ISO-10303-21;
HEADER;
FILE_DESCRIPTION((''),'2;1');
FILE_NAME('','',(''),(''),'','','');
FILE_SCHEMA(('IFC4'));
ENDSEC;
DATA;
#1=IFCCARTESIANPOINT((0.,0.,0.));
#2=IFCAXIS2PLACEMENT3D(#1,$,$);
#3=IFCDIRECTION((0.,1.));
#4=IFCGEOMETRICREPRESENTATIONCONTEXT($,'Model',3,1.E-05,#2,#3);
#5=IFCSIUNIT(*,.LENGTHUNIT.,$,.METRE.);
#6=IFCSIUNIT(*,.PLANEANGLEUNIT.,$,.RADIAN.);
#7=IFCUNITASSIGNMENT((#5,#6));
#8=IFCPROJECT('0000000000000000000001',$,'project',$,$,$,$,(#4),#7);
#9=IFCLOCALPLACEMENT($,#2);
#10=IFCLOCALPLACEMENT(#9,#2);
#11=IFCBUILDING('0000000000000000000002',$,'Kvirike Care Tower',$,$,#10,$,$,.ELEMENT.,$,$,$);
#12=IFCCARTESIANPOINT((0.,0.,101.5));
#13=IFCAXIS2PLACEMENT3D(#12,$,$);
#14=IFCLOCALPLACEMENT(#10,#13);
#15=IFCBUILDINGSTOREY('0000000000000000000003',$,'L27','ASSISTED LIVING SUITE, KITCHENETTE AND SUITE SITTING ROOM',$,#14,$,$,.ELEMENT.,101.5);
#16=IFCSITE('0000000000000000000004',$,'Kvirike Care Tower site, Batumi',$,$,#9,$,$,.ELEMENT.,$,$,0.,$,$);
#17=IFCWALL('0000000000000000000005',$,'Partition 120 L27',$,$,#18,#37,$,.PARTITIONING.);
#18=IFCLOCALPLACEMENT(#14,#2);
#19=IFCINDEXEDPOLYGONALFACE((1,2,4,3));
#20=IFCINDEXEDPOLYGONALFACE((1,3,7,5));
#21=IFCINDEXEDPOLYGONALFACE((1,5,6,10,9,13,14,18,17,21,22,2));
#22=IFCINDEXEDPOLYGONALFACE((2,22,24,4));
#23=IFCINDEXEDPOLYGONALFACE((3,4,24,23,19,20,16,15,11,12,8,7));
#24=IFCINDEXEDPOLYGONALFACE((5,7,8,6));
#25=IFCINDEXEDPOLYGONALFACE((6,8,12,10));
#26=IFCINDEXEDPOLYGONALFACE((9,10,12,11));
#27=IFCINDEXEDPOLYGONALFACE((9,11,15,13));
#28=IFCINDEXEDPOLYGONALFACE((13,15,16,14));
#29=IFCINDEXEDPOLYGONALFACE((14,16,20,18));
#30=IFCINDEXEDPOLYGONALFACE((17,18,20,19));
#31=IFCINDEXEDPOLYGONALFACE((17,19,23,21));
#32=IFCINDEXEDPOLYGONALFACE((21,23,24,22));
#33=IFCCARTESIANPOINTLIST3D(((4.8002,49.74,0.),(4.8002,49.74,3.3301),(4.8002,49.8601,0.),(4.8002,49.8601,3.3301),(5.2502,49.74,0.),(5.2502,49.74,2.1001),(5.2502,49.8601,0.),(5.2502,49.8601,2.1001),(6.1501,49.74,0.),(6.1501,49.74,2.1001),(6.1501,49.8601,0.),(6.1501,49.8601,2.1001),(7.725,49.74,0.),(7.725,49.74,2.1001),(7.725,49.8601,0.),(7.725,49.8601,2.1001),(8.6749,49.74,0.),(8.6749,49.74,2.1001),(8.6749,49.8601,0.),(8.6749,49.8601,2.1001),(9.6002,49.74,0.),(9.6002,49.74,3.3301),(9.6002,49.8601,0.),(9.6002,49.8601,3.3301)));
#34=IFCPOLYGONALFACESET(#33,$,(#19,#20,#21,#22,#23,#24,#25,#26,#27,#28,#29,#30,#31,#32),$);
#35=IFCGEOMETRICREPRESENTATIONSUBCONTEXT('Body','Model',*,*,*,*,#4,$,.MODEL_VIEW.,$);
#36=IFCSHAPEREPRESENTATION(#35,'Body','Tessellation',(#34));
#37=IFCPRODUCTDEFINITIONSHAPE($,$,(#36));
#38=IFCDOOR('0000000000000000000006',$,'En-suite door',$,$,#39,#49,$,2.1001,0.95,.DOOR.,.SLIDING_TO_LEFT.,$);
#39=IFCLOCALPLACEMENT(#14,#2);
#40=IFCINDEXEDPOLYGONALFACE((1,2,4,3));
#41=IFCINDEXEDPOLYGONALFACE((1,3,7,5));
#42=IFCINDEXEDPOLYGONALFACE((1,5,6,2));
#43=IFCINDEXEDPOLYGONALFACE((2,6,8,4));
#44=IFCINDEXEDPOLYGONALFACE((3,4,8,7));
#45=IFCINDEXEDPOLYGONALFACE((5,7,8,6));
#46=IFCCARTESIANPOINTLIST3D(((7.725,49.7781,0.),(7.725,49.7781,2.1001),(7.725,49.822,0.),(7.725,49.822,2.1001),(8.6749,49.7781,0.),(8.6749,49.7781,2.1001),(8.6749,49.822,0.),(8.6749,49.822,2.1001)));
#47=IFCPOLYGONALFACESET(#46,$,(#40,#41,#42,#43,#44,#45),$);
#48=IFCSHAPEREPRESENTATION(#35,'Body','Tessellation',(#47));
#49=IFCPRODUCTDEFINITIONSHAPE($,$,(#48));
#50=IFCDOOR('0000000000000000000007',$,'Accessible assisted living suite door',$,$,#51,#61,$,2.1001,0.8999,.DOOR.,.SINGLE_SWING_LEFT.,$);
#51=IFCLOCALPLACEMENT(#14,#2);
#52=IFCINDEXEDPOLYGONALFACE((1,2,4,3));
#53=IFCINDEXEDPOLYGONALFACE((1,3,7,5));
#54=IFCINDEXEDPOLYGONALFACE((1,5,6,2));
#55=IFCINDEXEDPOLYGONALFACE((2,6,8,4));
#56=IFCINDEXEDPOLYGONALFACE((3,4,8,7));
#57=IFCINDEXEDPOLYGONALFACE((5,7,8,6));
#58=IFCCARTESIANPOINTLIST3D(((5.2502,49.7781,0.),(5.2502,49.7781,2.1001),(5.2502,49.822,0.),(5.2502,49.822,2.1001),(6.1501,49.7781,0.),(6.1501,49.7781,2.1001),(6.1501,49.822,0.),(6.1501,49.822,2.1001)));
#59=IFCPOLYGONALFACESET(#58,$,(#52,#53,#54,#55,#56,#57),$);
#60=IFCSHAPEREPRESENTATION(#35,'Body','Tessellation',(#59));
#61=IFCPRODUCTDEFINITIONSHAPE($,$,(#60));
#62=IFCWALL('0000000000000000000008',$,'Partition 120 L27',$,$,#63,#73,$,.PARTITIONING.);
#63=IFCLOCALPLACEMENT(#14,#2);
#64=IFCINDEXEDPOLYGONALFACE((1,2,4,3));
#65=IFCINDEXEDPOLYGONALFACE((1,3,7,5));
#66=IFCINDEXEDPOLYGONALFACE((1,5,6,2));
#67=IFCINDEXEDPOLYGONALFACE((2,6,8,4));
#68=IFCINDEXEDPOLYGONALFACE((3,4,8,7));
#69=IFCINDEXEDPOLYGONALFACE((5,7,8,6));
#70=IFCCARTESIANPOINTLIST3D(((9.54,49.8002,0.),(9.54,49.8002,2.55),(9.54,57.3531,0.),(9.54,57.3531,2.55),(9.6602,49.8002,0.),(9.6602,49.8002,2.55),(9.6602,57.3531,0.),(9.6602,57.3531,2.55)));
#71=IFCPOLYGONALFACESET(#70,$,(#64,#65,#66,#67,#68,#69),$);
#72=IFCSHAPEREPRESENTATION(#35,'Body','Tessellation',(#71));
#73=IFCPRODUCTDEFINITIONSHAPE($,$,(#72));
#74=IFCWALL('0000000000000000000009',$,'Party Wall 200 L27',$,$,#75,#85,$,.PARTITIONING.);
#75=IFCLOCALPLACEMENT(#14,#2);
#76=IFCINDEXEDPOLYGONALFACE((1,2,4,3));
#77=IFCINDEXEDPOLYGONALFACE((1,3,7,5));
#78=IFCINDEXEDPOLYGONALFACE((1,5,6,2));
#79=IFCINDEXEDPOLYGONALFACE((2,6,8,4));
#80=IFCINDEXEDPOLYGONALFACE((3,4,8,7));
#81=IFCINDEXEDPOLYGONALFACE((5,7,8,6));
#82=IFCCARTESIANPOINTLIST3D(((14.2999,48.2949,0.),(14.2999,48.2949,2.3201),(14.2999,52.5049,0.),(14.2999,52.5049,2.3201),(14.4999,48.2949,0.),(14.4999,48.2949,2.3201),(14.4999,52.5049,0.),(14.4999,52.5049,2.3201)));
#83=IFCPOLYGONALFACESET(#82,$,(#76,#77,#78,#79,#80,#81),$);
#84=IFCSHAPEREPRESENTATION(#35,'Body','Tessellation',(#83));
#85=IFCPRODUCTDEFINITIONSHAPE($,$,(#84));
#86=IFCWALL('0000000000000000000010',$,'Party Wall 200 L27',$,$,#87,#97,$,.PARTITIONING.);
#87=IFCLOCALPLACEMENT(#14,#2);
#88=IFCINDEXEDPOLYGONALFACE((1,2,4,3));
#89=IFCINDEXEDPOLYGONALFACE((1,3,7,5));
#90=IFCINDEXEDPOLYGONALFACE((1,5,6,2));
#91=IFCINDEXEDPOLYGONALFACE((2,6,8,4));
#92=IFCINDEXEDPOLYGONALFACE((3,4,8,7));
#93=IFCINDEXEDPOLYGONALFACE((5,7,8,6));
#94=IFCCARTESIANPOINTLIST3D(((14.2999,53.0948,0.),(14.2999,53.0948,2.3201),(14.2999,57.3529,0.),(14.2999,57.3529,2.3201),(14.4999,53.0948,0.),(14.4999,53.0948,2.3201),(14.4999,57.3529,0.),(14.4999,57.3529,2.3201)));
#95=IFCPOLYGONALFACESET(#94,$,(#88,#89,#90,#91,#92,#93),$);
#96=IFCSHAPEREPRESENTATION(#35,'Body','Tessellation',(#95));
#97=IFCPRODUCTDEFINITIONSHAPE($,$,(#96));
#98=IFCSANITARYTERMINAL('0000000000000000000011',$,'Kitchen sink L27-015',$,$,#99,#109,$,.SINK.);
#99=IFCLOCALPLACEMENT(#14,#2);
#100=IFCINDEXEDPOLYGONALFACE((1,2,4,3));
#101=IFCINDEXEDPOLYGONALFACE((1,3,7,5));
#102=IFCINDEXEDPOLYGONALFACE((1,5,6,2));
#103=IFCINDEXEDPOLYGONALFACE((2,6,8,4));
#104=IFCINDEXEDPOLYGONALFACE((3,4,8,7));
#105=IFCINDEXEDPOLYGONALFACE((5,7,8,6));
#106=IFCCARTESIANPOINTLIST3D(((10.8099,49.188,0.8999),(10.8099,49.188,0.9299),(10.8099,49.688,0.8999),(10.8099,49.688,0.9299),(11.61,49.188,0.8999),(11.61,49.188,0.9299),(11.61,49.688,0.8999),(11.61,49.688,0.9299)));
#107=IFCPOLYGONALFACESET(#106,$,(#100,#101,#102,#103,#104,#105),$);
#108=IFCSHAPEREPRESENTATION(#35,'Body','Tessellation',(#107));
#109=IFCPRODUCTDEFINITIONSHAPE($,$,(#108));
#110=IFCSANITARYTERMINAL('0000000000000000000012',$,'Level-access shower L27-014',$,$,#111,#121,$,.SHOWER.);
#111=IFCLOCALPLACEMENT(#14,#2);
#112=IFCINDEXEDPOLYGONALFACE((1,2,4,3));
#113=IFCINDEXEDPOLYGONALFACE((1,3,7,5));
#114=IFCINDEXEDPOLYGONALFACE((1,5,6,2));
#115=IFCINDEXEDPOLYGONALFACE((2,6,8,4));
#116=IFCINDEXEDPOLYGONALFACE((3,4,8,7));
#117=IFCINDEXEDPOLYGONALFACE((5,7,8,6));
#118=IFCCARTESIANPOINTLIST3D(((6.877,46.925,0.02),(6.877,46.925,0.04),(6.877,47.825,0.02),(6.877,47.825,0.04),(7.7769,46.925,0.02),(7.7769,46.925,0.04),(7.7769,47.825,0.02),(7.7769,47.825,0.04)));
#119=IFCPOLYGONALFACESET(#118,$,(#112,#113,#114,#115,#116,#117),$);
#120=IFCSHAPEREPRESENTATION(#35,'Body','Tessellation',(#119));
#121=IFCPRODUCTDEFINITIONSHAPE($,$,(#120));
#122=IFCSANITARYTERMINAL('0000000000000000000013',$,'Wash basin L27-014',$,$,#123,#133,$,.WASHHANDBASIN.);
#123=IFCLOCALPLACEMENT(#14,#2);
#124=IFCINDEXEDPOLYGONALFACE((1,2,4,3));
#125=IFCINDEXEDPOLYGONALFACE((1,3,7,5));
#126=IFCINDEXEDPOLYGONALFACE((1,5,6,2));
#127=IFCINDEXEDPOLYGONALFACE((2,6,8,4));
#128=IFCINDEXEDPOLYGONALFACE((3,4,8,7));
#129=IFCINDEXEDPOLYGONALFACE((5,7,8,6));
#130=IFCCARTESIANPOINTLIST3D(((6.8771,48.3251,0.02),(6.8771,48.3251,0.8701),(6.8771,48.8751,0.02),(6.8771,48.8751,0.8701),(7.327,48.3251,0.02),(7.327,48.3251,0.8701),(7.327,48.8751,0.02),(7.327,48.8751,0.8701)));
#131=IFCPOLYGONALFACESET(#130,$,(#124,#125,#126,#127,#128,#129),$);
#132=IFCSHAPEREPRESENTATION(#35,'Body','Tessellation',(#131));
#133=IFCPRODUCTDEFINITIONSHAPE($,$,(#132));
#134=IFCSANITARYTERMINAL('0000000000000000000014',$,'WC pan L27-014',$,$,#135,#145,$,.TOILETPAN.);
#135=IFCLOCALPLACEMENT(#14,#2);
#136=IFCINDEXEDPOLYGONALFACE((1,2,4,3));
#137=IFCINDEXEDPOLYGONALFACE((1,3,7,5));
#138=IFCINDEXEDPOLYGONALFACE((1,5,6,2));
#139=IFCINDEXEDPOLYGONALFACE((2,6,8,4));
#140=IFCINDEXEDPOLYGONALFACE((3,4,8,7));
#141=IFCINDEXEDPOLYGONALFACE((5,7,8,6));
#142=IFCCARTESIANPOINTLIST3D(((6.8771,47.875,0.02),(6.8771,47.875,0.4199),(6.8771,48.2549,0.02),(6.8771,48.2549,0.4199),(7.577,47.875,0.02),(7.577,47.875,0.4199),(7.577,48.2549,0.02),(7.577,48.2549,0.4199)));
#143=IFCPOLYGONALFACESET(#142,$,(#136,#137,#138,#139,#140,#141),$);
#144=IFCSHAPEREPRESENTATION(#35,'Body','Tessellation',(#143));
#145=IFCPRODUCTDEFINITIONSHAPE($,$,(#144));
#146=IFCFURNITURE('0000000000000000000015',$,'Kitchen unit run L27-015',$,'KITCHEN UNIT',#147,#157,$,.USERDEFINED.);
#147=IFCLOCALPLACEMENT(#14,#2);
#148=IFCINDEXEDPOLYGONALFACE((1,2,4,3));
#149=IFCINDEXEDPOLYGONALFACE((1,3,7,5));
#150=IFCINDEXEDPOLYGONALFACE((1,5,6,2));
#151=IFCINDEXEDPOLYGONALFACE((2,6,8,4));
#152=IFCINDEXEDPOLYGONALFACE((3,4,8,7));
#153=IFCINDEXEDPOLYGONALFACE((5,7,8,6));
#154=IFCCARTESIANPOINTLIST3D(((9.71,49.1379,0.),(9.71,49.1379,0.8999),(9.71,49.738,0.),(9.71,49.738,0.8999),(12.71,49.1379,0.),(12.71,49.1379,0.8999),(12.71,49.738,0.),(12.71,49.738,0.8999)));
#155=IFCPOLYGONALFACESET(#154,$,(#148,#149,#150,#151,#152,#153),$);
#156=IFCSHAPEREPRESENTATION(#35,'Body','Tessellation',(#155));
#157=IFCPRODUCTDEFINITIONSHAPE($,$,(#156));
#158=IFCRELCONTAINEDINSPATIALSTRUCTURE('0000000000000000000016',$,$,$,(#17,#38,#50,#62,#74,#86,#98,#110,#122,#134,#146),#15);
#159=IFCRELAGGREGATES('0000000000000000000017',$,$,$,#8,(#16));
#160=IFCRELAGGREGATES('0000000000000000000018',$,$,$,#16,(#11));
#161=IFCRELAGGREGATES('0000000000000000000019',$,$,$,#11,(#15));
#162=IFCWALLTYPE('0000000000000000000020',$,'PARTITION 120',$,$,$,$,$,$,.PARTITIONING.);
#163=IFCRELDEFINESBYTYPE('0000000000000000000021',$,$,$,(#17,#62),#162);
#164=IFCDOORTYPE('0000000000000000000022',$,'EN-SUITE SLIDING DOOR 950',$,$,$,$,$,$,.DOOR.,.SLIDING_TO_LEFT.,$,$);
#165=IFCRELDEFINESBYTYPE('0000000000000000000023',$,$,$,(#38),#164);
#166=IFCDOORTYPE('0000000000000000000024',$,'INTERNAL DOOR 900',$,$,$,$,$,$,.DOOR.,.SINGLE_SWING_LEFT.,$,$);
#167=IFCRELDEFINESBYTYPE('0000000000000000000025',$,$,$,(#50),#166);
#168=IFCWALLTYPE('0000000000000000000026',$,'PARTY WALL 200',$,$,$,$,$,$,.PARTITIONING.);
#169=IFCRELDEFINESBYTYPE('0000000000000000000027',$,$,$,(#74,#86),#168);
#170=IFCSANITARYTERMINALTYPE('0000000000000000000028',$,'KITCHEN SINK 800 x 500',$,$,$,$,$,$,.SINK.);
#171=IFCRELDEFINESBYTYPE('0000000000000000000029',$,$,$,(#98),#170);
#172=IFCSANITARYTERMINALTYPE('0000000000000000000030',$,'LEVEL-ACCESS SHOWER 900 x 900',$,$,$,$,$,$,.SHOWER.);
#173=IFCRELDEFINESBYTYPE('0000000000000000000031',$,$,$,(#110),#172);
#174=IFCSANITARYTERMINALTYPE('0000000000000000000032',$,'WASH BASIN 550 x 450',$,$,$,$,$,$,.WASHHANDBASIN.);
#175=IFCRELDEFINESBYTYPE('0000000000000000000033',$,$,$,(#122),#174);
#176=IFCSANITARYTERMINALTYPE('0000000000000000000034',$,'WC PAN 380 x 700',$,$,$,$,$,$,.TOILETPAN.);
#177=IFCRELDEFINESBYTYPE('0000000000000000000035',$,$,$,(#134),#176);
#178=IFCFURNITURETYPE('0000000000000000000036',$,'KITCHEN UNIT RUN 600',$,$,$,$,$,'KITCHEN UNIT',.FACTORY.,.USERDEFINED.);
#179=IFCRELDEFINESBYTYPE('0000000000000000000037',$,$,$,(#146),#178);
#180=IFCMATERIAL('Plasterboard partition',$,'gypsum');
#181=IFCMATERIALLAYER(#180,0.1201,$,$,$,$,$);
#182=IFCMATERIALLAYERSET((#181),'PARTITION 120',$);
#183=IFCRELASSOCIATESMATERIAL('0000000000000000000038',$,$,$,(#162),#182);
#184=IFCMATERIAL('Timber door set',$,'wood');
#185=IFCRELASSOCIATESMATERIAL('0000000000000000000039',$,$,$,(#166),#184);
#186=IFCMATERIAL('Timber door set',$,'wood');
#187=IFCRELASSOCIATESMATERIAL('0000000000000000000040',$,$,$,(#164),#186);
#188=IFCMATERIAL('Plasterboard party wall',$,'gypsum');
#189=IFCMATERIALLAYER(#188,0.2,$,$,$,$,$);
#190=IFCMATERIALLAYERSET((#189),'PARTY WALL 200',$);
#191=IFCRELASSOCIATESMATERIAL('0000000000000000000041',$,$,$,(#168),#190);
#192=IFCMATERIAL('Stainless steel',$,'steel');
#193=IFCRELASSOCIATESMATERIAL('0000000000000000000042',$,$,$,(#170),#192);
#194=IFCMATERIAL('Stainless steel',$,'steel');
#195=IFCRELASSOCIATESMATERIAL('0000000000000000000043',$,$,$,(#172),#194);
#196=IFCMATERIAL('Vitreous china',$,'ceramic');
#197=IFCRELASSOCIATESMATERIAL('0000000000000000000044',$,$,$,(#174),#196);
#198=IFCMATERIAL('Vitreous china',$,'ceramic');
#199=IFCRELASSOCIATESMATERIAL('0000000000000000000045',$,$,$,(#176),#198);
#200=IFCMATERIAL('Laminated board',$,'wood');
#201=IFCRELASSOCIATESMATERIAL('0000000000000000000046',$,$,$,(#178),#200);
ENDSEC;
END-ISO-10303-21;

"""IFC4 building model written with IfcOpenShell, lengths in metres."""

from ifc_helpers import new_model, si_unit, direction, frame, frame_2d, origin, origin_2d, place, context, subcontext, project, spatial, rectangle, extrude, material, layer, layer_set, type_object, element, fill, save


model = new_model("IFC4")

# Units and contexts
model_context = context("Model", 3, precision=1e-05, world=origin(), true_north=direction((0.0, 1.0)))
body_context = subcontext(model_context, "Body", "Model", "MODEL_VIEW")
ifc_project = project(units=[si_unit("LENGTHUNIT", "METRE"), si_unit("PLANEANGLEUNIT", "RADIAN")], contexts=[model_context])

# Site, building, storey
site_placement = place(None, origin())
site = spatial("IfcSite", under=ifc_project, at=site_placement, Name="Kvirike Care Tower site, Batumi", CompositionType="ELEMENT", RefElevation=0.0)
building_placement = place(site_placement, origin())
building = spatial("IfcBuilding", under=site, at=building_placement, Name="Kvirike Care Tower", CompositionType="ELEMENT")
storey_placement = place(building_placement, frame((0.0, 0.0, 101.5)))
storey = spatial("IfcBuildingStorey", under=building, at=storey_placement, Name="L27", Description="ASSISTED LIVING SUITE, KITCHENETTE AND SUITE SITTING ROOM", CompositionType="ELEMENT", Elevation=101.5)

# Shared definitions
ifc_material_1 = material(Name="Plasterboard partition", Category="gypsum")
ifc_layer_1 = layer(ifc_material_1, 0.1201)
ifc_layer_set_1 = layer_set([ifc_layer_1], Name="PARTITION 120")
wall_type_1 = type_object("IfcWallType", Name="PARTITION 120", PredefinedType="PARTITIONING", material=ifc_layer_set_1)
ifc_material_2 = material(Name="Timber door set", Category="wood")
door_type_1 = type_object("IfcDoorType", Name="INTERNAL DOOR 900", OperationType="SINGLE_SWING_LEFT", PredefinedType="DOOR", material=ifc_material_2)

# Wall, openings, doors
wall_1_placement = place(storey_placement, frame((9.6001, 49.8, 0.0), z_axis=(0.0, 0.0, 1.0), x_axis=(-1.0, 0.0, 0.0)))
wall_1 = element("IfcWall", 1, at=wall_1_placement, inside=storey, type_object=wall_type_1, Name="Partition 120 L27", PredefinedType="PARTITIONING", context=body_context, shape_type="SweptSolid", body=[
    extrude(rectangle(XDim=4.8, YDim=0.1201, at=frame_2d((2.3999, 0.0))), origin(), (0.0, 0.0, 1.0), 3.3301),
])
opening_1_placement = place(wall_1_placement, frame((3.45, 0.0, 0.0)))
opening_1 = element("IfcOpeningElement", 2, at=opening_1_placement, cuts=wall_1, PredefinedType="OPENING", context=body_context, shape_type="SweptSolid", body=[
    extrude(rectangle(XDim=0.8999, YDim=2.1001, at=frame_2d((0.45, 1.05))), frame((0.0, 0.0706, 0.0), z_axis=(0.0, -1.0, 0.0), x_axis=(1.0, 0.0, 0.0)), (0.0, 0.0, 1.0), 0.1411),
])
opening_2_placement = place(wall_1_placement, frame((0.925, 0.0, 0.0)))
opening_2 = element("IfcOpeningElement", 3, at=opening_2_placement, cuts=wall_1, PredefinedType="OPENING", context=body_context, shape_type="SweptSolid", body=[
    extrude(rectangle(XDim=0.95, YDim=2.1001, at=frame_2d((0.4751, 1.05))), frame((0.0, 0.0706, 0.0), z_axis=(0.0, -1.0, 0.0), x_axis=(1.0, 0.0, 0.0)), (0.0, 0.0, 1.0), 0.1411),
])
ifc_material_3 = material(Name="Timber door set", Category="wood")
door_type_2 = type_object("IfcDoorType", Name="EN-SUITE SLIDING DOOR 950", OperationType="SLIDING_TO_LEFT", PredefinedType="DOOR", material=ifc_material_3)
door_1_placement = place(opening_2_placement, origin())
door_1 = element("IfcDoor", 4, at=door_1_placement, inside=storey, type_object=door_type_2, Name="En-suite door", OperationType="SLIDING_TO_LEFT", OverallHeight=2.1001, OverallWidth=0.95, PredefinedType="DOOR", context=body_context, shape_type="SweptSolid", body=[
    extrude(rectangle(XDim=0.95, YDim=2.1001, at=frame_2d((0.4751, 1.05))), frame((0.0, 0.022, 0.0), z_axis=(0.0, -1.0, 0.0), x_axis=(1.0, 0.0, 0.0)), (0.0, 0.0, 1.0), 0.0439),
])
fill(opening_2, door_1)
door_2_placement = place(opening_1_placement, origin())
door_2 = element("IfcDoor", 5, at=door_2_placement, inside=storey, type_object=door_type_1, Name="Accessible assisted living suite door", OperationType="SINGLE_SWING_LEFT", OverallHeight=2.1001, OverallWidth=0.8999, PredefinedType="DOOR", context=body_context, shape_type="SweptSolid", body=[
    extrude(rectangle(XDim=0.8999, YDim=2.1001, at=frame_2d((0.45, 1.05))), frame((0.0, 0.022, 0.0), z_axis=(0.0, -1.0, 0.0), x_axis=(1.0, 0.0, 0.0)), (0.0, 0.0, 1.0), 0.0439),
])
fill(opening_1, door_2)

# Walls
wall_2_placement = place(storey_placement, frame((9.6001, 57.353, 0.0), z_axis=(0.0, 0.0, 1.0), x_axis=(0.0, -1.0, 0.0)))
element("IfcWall", 6, at=wall_2_placement, inside=storey, type_object=wall_type_1, Name="Partition 120 L27", PredefinedType="PARTITIONING", context=body_context, shape_type="SweptSolid", body=[
    extrude(rectangle(XDim=7.553, YDim=0.1201, at=frame_2d((3.7764, 0.0))), origin(), (0.0, 0.0, 1.0), 2.55),
])
ifc_material_4 = material(Name="Plasterboard party wall", Category="gypsum")
ifc_layer_2 = layer(ifc_material_4, 0.2)
ifc_layer_set_2 = layer_set([ifc_layer_2], Name="PARTY WALL 200")
wall_type_2 = type_object("IfcWallType", Name="PARTY WALL 200", PredefinedType="PARTITIONING", material=ifc_layer_set_2)
wall_3_placement = place(storey_placement, frame((14.3999, 48.2949, 0.0), z_axis=(0.0, 0.0, 1.0), x_axis=(0.0, 1.0, 0.0)))
element("IfcWall", 7, at=wall_3_placement, inside=storey, type_object=wall_type_2, Name="Party Wall 200 L27", PredefinedType="PARTITIONING", context=body_context, shape_type="SweptSolid", body=[
    extrude(rectangle(XDim=4.21, YDim=0.2, at=frame_2d((2.105, 0.0))), origin(), (0.0, 0.0, 1.0), 2.3201),
])
wall_4_placement = place(storey_placement, frame((14.3999, 53.095, 0.0), z_axis=(0.0, 0.0, 1.0), x_axis=(0.0, 1.0, 0.0)))
element("IfcWall", 8, at=wall_4_placement, inside=storey, type_object=wall_type_2, Name="Party Wall 200 L27", PredefinedType="PARTITIONING", context=body_context, shape_type="SweptSolid", body=[
    extrude(rectangle(XDim=4.2581, YDim=0.2, at=frame_2d((2.1289, 0.0))), origin(), (0.0, 0.0, 1.0), 2.3201),
])

# Sanitary terminals
ifc_material_5 = material(Name="Stainless steel", Category="steel")
sanitary_terminal_type_1 = type_object("IfcSanitaryTerminalType", Name="KITCHEN SINK 800 x 500", PredefinedType="SINK", material=ifc_material_5)
sanitary_terminal_1_placement = place(storey_placement, frame((11.21, 49.438, 0.8999), z_axis=(0.0, 0.0, 1.0), x_axis=(1.0, 0.0, 0.0)))
element("IfcSanitaryTerminal", 9, at=sanitary_terminal_1_placement, inside=storey, type_object=sanitary_terminal_type_1, Name="Kitchen sink L27-015", PredefinedType="SINK", context=body_context, shape_type="SweptSolid", body=[
    extrude(rectangle(XDim=0.8, YDim=0.5, at=origin_2d()), origin(), (0.0, 0.0, 1.0), 0.03),
])
ifc_material_6 = material(Name="Stainless steel", Category="steel")
sanitary_terminal_type_2 = type_object("IfcSanitaryTerminalType", Name="LEVEL-ACCESS SHOWER 900 x 900", PredefinedType="SHOWER", material=ifc_material_6)
sanitary_terminal_2_placement = place(storey_placement, frame((7.3269, 47.375, 0.02), z_axis=(0.0, 0.0, 1.0), x_axis=(0.0, 1.0, 0.0)))
element("IfcSanitaryTerminal", 10, at=sanitary_terminal_2_placement, inside=storey, type_object=sanitary_terminal_type_2, Name="Level-access shower L27-014", PredefinedType="SHOWER", context=body_context, shape_type="SweptSolid", body=[
    extrude(rectangle(XDim=0.8999, YDim=0.8999, at=origin_2d()), origin(), (0.0, 0.0, 1.0), 0.02),
])
ifc_material_7 = material(Name="Vitreous china", Category="ceramic")
sanitary_terminal_type_3 = type_object("IfcSanitaryTerminalType", Name="WASH BASIN 550 x 450", PredefinedType="WASHHANDBASIN", material=ifc_material_7)
sanitary_terminal_3_placement = place(storey_placement, frame((7.1021, 48.6001, 0.02), z_axis=(0.0, 0.0, 1.0), x_axis=(0.0, 1.0, 0.0)))
element("IfcSanitaryTerminal", 11, at=sanitary_terminal_3_placement, inside=storey, type_object=sanitary_terminal_type_3, Name="Wash basin L27-014", PredefinedType="WASHHANDBASIN", context=body_context, shape_type="SweptSolid", body=[
    extrude(rectangle(XDim=0.55, YDim=0.45, at=origin_2d()), origin(), (0.0, 0.0, 1.0), 0.8501),
])
ifc_material_8 = material(Name="Vitreous china", Category="ceramic")
sanitary_terminal_type_4 = type_object("IfcSanitaryTerminalType", Name="WC PAN 380 x 700", PredefinedType="TOILETPAN", material=ifc_material_8)
sanitary_terminal_4_placement = place(storey_placement, frame((7.2271, 48.0649, 0.02), z_axis=(0.0, 0.0, 1.0), x_axis=(0.0, 1.0, 0.0)))
element("IfcSanitaryTerminal", 12, at=sanitary_terminal_4_placement, inside=storey, type_object=sanitary_terminal_type_4, Name="WC pan L27-014", PredefinedType="TOILETPAN", context=body_context, shape_type="SweptSolid", body=[
    extrude(rectangle(XDim=0.3799, YDim=0.7, at=origin_2d()), origin(), (0.0, 0.0, 1.0), 0.3999),
])

# Furniture
ifc_material_9 = material(Name="Laminated board", Category="wood")
furniture_type = type_object("IfcFurnitureType", Name="KITCHEN UNIT RUN 600", ElementType="KITCHEN UNIT", AssemblyPlace="FACTORY", PredefinedType="USERDEFINED", material=ifc_material_9)
furniture_placement = place(storey_placement, frame((11.21, 49.438, 0.0), z_axis=(0.0, 0.0, 1.0), x_axis=(1.0, 0.0, 0.0)))
element("IfcFurniture", 13, at=furniture_placement, inside=storey, type_object=furniture_type, Name="Kitchen unit run L27-015", ObjectType="KITCHEN UNIT", PredefinedType="USERDEFINED", context=body_context, shape_type="SweptSolid", body=[
    extrude(rectangle(XDim=3.0, YDim=0.6001, at=origin_2d()), origin(), (0.0, 0.0, 1.0), 0.8999),
])

save(model, "model.ifc")
